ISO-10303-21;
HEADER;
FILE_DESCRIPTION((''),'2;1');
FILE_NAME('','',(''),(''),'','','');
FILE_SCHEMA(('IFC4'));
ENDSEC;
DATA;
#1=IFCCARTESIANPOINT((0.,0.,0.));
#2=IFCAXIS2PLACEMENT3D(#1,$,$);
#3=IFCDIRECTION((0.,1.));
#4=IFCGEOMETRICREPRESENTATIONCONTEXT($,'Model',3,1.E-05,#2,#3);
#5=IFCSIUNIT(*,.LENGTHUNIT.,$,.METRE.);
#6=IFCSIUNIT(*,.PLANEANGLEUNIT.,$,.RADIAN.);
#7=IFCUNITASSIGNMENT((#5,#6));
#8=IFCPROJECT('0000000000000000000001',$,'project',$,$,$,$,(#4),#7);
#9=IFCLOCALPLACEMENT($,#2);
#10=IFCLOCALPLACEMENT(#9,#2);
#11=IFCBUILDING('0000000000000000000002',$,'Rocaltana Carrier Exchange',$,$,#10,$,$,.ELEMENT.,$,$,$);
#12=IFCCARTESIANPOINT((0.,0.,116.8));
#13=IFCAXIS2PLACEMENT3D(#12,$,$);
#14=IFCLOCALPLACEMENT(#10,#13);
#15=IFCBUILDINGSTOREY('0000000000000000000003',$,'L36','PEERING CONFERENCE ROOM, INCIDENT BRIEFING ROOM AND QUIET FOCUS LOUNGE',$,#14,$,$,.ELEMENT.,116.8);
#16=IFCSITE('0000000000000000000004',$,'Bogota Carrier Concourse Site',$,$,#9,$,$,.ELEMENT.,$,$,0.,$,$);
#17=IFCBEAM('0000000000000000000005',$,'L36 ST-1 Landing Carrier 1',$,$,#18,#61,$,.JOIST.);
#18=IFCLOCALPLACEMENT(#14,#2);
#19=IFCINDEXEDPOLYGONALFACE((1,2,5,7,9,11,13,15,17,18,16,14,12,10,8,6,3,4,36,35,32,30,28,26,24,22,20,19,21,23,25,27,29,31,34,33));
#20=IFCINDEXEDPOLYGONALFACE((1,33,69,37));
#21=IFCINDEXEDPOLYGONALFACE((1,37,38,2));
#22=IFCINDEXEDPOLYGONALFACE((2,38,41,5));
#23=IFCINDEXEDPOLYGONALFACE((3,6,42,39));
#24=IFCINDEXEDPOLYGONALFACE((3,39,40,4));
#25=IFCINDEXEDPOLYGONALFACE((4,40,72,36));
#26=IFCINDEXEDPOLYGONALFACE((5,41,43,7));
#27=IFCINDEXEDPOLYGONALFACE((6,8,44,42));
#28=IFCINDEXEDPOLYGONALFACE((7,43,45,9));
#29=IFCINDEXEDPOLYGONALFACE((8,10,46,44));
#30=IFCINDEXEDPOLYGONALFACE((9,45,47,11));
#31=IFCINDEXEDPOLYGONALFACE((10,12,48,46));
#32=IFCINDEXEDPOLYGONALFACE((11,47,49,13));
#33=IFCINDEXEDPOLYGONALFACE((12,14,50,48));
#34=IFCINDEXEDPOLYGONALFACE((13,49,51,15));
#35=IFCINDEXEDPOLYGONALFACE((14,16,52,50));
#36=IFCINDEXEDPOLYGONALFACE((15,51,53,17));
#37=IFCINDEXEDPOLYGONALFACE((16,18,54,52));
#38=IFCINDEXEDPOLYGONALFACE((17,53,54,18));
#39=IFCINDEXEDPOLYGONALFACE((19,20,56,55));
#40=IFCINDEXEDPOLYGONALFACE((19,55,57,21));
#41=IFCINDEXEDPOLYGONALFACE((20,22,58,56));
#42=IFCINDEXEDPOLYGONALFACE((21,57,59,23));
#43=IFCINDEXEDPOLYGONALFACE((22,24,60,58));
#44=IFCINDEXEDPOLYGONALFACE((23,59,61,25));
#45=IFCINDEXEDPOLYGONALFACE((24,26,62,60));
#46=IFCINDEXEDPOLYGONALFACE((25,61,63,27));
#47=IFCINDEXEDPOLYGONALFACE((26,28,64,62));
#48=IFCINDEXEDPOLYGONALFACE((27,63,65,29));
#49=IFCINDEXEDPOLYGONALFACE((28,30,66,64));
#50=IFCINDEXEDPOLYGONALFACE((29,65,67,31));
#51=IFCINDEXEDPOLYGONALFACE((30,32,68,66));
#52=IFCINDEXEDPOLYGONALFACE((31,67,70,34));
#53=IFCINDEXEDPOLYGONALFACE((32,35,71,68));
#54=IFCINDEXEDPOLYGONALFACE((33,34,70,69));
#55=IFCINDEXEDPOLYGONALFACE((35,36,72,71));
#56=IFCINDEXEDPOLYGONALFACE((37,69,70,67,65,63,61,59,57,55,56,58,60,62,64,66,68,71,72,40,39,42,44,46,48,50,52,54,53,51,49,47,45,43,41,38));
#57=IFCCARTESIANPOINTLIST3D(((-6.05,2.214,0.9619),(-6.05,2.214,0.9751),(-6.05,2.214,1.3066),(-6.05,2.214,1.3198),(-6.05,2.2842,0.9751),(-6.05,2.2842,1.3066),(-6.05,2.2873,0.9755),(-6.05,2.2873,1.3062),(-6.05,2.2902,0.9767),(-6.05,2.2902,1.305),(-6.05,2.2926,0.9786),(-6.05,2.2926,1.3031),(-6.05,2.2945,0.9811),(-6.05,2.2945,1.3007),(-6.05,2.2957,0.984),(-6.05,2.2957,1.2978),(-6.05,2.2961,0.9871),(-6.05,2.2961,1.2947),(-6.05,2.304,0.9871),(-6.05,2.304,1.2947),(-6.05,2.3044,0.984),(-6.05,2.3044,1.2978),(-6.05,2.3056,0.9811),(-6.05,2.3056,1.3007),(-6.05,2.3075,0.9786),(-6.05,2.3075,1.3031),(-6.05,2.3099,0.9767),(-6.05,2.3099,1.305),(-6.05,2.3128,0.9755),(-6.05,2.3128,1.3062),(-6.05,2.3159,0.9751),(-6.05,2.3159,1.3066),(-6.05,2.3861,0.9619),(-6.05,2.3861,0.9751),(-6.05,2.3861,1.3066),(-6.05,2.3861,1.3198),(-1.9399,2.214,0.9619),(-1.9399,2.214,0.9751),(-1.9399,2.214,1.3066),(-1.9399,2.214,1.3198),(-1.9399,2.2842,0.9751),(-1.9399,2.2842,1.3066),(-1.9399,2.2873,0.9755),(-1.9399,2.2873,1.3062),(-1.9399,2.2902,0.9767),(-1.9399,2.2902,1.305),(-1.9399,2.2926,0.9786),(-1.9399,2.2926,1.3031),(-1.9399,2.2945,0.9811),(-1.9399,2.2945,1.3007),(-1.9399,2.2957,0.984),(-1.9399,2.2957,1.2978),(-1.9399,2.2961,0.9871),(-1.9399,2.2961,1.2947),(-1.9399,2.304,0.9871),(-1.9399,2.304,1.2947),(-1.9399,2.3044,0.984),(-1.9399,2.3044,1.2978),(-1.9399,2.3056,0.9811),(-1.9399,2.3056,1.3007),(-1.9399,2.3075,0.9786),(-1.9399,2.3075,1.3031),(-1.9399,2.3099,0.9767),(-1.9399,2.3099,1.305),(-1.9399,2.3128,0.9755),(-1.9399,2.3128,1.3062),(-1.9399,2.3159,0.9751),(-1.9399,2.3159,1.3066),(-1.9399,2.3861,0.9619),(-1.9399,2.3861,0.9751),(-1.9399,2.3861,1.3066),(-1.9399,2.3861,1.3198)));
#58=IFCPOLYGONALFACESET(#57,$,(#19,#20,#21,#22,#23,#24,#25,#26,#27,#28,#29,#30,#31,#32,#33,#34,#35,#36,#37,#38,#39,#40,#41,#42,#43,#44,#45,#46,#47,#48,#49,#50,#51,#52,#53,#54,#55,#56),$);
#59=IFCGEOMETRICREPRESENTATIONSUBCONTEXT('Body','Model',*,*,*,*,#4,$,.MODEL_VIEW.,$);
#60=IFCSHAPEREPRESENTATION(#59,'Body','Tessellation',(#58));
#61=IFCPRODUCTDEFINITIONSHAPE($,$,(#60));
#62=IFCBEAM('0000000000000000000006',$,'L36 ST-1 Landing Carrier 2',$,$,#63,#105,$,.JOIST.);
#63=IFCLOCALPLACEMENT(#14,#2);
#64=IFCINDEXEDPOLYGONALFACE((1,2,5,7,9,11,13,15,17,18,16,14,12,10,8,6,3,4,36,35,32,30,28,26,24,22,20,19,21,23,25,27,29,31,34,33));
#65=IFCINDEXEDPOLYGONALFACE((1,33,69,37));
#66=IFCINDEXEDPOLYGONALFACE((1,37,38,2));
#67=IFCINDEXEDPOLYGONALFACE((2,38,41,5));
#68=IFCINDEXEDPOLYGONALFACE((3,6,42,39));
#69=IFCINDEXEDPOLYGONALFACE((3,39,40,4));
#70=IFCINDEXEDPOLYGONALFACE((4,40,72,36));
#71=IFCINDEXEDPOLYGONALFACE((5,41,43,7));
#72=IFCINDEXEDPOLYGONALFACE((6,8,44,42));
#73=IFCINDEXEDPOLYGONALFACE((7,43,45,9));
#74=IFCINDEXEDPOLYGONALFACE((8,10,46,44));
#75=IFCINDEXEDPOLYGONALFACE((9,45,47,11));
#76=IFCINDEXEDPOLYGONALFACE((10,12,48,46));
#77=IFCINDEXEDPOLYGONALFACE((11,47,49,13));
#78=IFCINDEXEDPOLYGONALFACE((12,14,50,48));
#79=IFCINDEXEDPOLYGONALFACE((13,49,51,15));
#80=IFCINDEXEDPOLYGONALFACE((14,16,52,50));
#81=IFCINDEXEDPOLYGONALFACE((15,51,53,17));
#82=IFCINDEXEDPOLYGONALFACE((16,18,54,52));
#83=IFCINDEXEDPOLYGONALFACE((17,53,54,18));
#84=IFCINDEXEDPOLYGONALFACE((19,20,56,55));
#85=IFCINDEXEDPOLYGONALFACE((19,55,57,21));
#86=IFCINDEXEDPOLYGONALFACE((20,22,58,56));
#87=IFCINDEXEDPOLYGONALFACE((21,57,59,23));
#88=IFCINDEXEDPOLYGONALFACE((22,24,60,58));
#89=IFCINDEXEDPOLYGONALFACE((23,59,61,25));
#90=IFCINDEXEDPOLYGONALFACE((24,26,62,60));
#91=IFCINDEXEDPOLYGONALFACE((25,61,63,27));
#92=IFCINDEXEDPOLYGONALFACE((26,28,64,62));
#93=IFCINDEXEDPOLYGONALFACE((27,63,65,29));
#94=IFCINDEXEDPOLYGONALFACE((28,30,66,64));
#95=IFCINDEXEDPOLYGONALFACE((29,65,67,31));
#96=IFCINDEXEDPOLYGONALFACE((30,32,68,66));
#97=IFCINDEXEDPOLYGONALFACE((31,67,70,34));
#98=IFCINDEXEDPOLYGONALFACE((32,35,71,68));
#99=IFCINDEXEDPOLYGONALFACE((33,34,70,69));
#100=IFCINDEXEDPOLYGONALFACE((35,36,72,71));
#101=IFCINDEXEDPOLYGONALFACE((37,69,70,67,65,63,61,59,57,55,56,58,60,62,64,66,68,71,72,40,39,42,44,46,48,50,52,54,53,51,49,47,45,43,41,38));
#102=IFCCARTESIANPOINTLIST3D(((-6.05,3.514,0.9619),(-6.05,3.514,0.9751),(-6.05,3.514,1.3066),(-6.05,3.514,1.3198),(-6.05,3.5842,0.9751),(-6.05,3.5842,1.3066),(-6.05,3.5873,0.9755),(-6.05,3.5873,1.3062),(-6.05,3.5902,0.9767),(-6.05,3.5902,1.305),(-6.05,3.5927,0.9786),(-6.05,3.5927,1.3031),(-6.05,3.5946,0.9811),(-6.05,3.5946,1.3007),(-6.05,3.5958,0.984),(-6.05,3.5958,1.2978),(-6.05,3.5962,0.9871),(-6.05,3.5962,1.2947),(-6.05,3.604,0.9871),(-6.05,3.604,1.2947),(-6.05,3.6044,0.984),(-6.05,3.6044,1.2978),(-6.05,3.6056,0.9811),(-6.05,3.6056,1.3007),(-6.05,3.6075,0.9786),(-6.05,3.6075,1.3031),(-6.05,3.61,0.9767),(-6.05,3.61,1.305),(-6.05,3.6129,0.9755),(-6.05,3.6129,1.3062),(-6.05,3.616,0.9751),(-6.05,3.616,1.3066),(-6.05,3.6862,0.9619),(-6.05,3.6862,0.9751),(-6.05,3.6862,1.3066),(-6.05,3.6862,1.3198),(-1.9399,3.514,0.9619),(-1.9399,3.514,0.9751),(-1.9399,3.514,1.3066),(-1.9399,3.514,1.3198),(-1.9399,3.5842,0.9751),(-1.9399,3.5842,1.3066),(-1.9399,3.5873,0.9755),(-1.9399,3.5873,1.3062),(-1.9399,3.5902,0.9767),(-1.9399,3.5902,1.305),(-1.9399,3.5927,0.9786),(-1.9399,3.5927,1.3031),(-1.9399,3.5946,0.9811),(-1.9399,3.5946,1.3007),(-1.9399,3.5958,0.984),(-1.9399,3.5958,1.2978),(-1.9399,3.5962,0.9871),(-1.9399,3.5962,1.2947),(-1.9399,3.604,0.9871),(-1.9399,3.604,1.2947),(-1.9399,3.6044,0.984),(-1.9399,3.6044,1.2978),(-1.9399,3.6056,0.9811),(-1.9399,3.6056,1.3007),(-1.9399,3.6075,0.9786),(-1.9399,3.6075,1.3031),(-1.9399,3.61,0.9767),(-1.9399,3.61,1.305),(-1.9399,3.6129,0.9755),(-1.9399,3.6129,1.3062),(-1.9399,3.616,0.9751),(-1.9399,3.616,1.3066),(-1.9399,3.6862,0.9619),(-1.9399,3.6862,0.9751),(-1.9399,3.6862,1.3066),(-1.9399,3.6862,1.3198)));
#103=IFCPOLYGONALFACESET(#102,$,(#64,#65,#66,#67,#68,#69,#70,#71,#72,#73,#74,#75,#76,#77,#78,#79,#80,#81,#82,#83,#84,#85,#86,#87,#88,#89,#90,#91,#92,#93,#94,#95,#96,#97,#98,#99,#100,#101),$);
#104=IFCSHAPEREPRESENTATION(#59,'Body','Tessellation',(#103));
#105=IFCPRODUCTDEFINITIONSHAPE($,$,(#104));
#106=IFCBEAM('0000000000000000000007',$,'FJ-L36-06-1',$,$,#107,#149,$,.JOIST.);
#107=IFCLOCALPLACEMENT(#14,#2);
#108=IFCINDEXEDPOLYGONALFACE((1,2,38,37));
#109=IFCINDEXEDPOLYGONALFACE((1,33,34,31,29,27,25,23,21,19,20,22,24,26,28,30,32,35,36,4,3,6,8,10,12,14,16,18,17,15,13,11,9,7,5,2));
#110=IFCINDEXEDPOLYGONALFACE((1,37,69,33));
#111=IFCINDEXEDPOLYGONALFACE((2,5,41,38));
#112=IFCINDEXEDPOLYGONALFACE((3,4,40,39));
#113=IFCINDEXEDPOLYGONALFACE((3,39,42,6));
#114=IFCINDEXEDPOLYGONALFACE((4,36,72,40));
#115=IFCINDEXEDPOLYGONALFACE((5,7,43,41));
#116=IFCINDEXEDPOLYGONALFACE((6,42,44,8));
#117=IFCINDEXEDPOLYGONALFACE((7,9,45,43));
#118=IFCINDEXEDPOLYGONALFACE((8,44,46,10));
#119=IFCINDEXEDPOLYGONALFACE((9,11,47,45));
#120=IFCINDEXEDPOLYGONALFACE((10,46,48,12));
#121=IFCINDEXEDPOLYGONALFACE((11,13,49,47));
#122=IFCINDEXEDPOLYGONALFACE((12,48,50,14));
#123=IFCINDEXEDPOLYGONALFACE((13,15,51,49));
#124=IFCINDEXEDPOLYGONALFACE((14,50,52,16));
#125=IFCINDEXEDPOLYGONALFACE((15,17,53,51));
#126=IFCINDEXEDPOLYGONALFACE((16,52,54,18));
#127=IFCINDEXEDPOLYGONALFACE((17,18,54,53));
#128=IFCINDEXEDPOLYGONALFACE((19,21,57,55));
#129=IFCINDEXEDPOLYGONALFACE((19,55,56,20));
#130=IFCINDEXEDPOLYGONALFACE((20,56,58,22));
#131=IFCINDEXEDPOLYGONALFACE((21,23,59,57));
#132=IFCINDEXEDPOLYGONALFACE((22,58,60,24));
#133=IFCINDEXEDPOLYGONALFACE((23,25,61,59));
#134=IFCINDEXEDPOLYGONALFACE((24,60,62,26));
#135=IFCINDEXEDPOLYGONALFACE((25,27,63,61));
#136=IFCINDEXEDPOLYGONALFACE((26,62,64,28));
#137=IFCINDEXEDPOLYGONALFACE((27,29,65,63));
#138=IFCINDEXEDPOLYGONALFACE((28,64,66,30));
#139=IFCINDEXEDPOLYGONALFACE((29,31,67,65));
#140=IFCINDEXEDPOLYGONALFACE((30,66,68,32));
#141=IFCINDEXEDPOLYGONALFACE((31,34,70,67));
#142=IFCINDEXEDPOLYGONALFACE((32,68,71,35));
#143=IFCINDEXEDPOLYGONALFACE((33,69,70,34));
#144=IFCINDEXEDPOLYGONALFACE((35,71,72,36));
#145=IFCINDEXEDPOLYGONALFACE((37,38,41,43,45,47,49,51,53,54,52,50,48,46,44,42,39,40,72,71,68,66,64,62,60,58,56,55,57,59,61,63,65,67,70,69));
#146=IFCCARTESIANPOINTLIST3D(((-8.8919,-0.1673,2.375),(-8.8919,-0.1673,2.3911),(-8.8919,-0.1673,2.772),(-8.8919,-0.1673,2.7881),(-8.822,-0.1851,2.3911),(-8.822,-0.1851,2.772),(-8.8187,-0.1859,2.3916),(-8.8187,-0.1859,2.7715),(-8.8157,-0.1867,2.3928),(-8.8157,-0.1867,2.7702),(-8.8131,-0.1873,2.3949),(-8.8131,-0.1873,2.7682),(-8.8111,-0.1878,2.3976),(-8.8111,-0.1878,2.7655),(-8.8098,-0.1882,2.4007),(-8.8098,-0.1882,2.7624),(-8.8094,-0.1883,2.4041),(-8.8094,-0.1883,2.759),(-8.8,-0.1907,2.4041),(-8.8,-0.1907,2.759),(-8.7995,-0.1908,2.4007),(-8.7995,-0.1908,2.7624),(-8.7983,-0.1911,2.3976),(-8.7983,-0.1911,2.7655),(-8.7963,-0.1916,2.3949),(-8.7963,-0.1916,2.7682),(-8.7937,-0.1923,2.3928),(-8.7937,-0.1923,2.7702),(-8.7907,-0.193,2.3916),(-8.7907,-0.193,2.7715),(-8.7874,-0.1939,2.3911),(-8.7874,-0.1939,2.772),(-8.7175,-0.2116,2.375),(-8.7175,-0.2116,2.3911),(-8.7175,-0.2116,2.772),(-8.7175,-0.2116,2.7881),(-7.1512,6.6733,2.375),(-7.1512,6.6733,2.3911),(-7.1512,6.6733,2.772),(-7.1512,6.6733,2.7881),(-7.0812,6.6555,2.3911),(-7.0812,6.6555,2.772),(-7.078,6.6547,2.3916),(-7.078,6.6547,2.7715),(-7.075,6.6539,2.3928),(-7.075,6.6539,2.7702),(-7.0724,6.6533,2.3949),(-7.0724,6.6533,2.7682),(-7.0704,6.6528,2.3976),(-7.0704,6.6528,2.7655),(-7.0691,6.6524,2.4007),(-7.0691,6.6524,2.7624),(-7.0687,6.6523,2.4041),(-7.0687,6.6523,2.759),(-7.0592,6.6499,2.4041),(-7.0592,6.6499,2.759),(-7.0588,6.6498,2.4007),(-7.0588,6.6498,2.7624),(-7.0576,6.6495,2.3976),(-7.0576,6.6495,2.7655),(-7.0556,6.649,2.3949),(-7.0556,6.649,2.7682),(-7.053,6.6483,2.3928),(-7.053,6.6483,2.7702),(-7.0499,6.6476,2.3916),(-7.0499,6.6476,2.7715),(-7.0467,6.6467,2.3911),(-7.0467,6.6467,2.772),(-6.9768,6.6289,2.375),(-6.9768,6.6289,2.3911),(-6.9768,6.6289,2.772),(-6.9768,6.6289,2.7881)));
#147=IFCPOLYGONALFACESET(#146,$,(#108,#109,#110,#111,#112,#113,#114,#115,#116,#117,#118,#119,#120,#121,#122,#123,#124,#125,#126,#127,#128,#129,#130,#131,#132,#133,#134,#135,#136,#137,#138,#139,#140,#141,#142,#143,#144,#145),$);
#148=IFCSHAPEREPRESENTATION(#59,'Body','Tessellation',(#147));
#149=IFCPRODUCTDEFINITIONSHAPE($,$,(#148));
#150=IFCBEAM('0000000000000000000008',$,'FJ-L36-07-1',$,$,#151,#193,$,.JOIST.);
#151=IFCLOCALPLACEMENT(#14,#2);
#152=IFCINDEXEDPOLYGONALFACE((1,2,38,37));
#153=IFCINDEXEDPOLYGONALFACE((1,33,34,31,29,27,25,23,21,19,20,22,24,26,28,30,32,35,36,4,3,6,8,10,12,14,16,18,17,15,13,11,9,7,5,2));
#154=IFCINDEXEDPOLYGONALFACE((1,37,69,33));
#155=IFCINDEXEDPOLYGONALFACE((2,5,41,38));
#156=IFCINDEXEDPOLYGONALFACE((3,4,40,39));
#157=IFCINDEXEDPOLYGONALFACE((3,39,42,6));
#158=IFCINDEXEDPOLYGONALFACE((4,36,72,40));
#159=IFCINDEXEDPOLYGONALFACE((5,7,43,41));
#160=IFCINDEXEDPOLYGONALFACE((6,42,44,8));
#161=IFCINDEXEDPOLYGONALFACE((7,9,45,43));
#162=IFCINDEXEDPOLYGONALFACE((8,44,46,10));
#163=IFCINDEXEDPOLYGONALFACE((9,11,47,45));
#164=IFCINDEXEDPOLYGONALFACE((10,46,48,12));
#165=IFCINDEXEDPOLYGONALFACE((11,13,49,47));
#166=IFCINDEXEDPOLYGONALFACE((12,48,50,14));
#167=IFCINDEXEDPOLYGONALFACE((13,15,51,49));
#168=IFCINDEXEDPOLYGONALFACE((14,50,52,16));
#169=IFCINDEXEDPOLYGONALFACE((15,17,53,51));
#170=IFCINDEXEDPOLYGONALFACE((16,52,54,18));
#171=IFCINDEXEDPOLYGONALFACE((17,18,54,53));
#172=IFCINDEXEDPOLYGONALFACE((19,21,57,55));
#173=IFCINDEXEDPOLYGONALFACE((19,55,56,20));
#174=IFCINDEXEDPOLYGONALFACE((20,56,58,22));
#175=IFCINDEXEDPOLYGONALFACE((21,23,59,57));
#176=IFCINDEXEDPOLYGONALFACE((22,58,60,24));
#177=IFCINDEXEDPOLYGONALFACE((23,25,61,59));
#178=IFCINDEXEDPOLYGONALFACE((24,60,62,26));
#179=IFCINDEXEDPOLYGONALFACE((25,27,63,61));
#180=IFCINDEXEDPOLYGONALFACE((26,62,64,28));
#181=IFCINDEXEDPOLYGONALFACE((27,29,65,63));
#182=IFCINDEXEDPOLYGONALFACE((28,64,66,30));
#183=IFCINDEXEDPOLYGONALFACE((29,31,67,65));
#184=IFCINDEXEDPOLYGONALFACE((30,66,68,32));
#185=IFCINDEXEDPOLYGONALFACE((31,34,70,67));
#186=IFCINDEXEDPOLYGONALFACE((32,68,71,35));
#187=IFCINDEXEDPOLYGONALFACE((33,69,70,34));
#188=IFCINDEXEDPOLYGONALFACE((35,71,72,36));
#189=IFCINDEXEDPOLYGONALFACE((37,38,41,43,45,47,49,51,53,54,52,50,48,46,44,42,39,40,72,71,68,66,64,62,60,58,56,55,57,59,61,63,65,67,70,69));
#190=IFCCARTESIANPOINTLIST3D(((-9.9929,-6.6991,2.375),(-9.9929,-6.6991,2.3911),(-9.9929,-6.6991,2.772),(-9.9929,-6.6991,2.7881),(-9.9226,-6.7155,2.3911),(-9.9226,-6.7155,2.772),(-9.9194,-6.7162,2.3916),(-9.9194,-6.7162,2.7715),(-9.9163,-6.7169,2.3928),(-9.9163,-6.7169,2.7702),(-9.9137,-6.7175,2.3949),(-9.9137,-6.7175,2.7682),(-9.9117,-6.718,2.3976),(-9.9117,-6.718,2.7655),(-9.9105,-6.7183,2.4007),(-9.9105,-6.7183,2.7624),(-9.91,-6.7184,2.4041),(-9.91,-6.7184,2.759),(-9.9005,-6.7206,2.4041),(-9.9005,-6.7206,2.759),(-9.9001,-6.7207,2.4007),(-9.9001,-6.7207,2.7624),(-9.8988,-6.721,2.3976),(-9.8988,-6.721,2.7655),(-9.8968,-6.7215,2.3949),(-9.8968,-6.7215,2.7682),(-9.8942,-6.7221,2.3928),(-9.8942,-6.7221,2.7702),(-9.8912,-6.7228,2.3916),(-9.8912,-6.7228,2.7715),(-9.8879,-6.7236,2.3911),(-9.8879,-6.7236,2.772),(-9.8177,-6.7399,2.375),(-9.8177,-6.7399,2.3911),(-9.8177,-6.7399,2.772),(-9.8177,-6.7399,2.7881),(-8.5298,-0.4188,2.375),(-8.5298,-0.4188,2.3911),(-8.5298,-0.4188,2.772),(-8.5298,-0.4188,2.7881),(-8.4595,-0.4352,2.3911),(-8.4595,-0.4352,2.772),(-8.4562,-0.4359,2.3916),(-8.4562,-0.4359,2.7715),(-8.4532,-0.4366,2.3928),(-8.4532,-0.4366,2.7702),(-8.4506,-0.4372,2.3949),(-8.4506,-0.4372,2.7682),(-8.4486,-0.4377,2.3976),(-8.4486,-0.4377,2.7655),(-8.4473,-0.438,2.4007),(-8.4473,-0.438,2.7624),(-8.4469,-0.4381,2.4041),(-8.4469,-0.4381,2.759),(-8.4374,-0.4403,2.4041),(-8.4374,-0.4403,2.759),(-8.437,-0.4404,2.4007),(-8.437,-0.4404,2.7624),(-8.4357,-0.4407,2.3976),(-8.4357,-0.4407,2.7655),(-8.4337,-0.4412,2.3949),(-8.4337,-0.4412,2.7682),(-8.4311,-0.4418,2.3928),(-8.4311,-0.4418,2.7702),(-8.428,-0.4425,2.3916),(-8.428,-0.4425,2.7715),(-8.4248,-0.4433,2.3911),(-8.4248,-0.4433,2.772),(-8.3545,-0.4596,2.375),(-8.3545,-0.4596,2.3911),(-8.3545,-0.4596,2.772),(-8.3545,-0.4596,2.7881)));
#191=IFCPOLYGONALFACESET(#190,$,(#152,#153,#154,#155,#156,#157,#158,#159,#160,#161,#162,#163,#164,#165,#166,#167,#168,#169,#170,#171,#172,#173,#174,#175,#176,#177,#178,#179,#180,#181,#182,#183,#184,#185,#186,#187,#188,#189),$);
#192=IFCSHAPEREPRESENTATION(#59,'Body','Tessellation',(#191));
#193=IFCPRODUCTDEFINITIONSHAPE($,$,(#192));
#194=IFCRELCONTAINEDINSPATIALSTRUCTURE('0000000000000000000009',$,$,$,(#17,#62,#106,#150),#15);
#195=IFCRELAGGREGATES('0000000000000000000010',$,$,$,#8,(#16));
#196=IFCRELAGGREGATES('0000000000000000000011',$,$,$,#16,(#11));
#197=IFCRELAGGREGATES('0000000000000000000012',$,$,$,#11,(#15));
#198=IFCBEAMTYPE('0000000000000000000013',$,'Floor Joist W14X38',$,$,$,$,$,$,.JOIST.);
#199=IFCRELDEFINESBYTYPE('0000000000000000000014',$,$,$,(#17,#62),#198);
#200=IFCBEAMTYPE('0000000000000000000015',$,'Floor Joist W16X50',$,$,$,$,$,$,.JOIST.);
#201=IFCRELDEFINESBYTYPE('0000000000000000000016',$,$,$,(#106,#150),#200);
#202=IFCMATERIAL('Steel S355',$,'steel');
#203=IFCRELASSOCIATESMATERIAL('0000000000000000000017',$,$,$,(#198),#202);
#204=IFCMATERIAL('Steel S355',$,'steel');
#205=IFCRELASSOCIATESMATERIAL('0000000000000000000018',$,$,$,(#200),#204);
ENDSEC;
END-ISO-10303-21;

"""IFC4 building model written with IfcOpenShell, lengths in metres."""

from ifc_helpers import new_model, si_unit, direction, frame, origin, origin_2d, place, context, subcontext, project, spatial, i_section, extrude, material, material_profile, profile_set, type_object, element, save


model = new_model("IFC4")

# Units and contexts
model_context = context("Model", 3, precision=1e-05, world=origin(), true_north=direction((0.0, 1.0)))
body_context = subcontext(model_context, "Body", "Model", "MODEL_VIEW")
ifc_project = project(units=[si_unit("LENGTHUNIT", "METRE"), si_unit("PLANEANGLEUNIT", "RADIAN")], contexts=[model_context])

# Site, building, storey
site_placement = place(None, origin())
site = spatial("IfcSite", under=ifc_project, at=site_placement, Name="Bogota Carrier Concourse Site", CompositionType="ELEMENT", RefElevation=0.0)
building_placement = place(site_placement, origin())
building = spatial("IfcBuilding", under=site, at=building_placement, Name="Rocaltana Carrier Exchange", CompositionType="ELEMENT")
storey_placement = place(building_placement, frame((0.0, 0.0, 116.8)))
storey = spatial("IfcBuildingStorey", under=building, at=storey_placement, Name="L36", Description="PEERING CONFERENCE ROOM, INCIDENT BRIEFING ROOM AND QUIET FOCUS LOUNGE", CompositionType="ELEMENT", Elevation=116.8)

# Beams
ifc_material_1 = material(Name="Steel S355", Category="steel")
ifc_material_profile_1 = material_profile(ifc_material_1, i_section(OverallWidth=0.1721, OverallDepth=0.3579, WebThickness=0.0078, FlangeThickness=0.0132, FilletRadius=0.012, at=origin_2d()), Name="W14X38")
ifc_profile_set_1 = profile_set([ifc_material_profile_1], Name="Steel S355")
beam_type_1 = type_object("IfcBeamType", Name="Floor Joist W14X38", PredefinedType="JOIST", material=ifc_profile_set_1)
for number, where, z_axis, x_axis, name in (
    (1, (-6.05, 2.3, 1.1409), (1.0, 0.0, 0.0), (0.0, 1.0, 0.0), "L36 ST-1 Landing Carrier 1"),
    (2, (-6.05, 3.6001, 1.1409), (1.0, 0.0, 0.0), (0.0, 1.0, 0.0), "L36 ST-1 Landing Carrier 2"),
):
    element("IfcBeam", number, at=place(storey_placement, frame(where, z_axis=z_axis, x_axis=x_axis)), inside=storey, type_object=beam_type_1, Name=name, PredefinedType="JOIST", context=body_context, shape_type="SweptSolid", body=[
        extrude(i_section(OverallWidth=0.1721, OverallDepth=0.3579, WebThickness=0.0078, FlangeThickness=0.0132, FilletRadius=0.012, at=origin_2d()), origin(), (0.0, 0.0, 1.0), 4.1101),
    ])
ifc_material_2 = material(Name="Steel S355", Category="steel")
ifc_material_profile_2 = material_profile(ifc_material_2, i_section(OverallWidth=0.1799, OverallDepth=0.4131, WebThickness=0.0098, FlangeThickness=0.0161, FilletRadius=0.0129, at=origin_2d()), Name="W16X50")
ifc_profile_set_2 = profile_set([ifc_material_profile_2], Name="Steel S355")
beam_type_2 = type_object("IfcBeamType", Name="Floor Joist W16X50", PredefinedType="JOIST", material=ifc_profile_set_2)
beam_1_placement = place(storey_placement, frame((-7.064, 6.6511, 2.5815), z_axis=(-0.246611, -0.969115, 0.0), x_axis=(0.969115, -0.246611, 0.0)))
element("IfcBeam", 3, at=beam_1_placement, inside=storey, type_object=beam_type_2, Name="FJ-L36-06-1", PredefinedType="JOIST", context=body_context, shape_type="SweptSolid", body=[
    extrude(i_section(OverallWidth=0.1799, OverallDepth=0.4131, WebThickness=0.0098, FlangeThickness=0.0161, FilletRadius=0.0129, at=origin_2d()), origin(), (0.0, 0.0, 1.0), 7.0586),
])
beam_2_placement = place(storey_placement, frame((-8.4421, -0.4392, 2.5815), z_axis=(-0.226897, -0.973919, 0.0), x_axis=(0.973919, -0.226897, 0.0)))
element("IfcBeam", 4, at=beam_2_placement, inside=storey, type_object=beam_type_2, Name="FJ-L36-07-1", PredefinedType="JOIST", context=body_context, shape_type="SweptSolid", body=[
    extrude(i_section(OverallWidth=0.1799, OverallDepth=0.4131, WebThickness=0.0098, FlangeThickness=0.0161, FilletRadius=0.0129, at=origin_2d()), origin(), (0.0, 0.0, 1.0), 6.4485),
])

save(model, "model.ifc")
